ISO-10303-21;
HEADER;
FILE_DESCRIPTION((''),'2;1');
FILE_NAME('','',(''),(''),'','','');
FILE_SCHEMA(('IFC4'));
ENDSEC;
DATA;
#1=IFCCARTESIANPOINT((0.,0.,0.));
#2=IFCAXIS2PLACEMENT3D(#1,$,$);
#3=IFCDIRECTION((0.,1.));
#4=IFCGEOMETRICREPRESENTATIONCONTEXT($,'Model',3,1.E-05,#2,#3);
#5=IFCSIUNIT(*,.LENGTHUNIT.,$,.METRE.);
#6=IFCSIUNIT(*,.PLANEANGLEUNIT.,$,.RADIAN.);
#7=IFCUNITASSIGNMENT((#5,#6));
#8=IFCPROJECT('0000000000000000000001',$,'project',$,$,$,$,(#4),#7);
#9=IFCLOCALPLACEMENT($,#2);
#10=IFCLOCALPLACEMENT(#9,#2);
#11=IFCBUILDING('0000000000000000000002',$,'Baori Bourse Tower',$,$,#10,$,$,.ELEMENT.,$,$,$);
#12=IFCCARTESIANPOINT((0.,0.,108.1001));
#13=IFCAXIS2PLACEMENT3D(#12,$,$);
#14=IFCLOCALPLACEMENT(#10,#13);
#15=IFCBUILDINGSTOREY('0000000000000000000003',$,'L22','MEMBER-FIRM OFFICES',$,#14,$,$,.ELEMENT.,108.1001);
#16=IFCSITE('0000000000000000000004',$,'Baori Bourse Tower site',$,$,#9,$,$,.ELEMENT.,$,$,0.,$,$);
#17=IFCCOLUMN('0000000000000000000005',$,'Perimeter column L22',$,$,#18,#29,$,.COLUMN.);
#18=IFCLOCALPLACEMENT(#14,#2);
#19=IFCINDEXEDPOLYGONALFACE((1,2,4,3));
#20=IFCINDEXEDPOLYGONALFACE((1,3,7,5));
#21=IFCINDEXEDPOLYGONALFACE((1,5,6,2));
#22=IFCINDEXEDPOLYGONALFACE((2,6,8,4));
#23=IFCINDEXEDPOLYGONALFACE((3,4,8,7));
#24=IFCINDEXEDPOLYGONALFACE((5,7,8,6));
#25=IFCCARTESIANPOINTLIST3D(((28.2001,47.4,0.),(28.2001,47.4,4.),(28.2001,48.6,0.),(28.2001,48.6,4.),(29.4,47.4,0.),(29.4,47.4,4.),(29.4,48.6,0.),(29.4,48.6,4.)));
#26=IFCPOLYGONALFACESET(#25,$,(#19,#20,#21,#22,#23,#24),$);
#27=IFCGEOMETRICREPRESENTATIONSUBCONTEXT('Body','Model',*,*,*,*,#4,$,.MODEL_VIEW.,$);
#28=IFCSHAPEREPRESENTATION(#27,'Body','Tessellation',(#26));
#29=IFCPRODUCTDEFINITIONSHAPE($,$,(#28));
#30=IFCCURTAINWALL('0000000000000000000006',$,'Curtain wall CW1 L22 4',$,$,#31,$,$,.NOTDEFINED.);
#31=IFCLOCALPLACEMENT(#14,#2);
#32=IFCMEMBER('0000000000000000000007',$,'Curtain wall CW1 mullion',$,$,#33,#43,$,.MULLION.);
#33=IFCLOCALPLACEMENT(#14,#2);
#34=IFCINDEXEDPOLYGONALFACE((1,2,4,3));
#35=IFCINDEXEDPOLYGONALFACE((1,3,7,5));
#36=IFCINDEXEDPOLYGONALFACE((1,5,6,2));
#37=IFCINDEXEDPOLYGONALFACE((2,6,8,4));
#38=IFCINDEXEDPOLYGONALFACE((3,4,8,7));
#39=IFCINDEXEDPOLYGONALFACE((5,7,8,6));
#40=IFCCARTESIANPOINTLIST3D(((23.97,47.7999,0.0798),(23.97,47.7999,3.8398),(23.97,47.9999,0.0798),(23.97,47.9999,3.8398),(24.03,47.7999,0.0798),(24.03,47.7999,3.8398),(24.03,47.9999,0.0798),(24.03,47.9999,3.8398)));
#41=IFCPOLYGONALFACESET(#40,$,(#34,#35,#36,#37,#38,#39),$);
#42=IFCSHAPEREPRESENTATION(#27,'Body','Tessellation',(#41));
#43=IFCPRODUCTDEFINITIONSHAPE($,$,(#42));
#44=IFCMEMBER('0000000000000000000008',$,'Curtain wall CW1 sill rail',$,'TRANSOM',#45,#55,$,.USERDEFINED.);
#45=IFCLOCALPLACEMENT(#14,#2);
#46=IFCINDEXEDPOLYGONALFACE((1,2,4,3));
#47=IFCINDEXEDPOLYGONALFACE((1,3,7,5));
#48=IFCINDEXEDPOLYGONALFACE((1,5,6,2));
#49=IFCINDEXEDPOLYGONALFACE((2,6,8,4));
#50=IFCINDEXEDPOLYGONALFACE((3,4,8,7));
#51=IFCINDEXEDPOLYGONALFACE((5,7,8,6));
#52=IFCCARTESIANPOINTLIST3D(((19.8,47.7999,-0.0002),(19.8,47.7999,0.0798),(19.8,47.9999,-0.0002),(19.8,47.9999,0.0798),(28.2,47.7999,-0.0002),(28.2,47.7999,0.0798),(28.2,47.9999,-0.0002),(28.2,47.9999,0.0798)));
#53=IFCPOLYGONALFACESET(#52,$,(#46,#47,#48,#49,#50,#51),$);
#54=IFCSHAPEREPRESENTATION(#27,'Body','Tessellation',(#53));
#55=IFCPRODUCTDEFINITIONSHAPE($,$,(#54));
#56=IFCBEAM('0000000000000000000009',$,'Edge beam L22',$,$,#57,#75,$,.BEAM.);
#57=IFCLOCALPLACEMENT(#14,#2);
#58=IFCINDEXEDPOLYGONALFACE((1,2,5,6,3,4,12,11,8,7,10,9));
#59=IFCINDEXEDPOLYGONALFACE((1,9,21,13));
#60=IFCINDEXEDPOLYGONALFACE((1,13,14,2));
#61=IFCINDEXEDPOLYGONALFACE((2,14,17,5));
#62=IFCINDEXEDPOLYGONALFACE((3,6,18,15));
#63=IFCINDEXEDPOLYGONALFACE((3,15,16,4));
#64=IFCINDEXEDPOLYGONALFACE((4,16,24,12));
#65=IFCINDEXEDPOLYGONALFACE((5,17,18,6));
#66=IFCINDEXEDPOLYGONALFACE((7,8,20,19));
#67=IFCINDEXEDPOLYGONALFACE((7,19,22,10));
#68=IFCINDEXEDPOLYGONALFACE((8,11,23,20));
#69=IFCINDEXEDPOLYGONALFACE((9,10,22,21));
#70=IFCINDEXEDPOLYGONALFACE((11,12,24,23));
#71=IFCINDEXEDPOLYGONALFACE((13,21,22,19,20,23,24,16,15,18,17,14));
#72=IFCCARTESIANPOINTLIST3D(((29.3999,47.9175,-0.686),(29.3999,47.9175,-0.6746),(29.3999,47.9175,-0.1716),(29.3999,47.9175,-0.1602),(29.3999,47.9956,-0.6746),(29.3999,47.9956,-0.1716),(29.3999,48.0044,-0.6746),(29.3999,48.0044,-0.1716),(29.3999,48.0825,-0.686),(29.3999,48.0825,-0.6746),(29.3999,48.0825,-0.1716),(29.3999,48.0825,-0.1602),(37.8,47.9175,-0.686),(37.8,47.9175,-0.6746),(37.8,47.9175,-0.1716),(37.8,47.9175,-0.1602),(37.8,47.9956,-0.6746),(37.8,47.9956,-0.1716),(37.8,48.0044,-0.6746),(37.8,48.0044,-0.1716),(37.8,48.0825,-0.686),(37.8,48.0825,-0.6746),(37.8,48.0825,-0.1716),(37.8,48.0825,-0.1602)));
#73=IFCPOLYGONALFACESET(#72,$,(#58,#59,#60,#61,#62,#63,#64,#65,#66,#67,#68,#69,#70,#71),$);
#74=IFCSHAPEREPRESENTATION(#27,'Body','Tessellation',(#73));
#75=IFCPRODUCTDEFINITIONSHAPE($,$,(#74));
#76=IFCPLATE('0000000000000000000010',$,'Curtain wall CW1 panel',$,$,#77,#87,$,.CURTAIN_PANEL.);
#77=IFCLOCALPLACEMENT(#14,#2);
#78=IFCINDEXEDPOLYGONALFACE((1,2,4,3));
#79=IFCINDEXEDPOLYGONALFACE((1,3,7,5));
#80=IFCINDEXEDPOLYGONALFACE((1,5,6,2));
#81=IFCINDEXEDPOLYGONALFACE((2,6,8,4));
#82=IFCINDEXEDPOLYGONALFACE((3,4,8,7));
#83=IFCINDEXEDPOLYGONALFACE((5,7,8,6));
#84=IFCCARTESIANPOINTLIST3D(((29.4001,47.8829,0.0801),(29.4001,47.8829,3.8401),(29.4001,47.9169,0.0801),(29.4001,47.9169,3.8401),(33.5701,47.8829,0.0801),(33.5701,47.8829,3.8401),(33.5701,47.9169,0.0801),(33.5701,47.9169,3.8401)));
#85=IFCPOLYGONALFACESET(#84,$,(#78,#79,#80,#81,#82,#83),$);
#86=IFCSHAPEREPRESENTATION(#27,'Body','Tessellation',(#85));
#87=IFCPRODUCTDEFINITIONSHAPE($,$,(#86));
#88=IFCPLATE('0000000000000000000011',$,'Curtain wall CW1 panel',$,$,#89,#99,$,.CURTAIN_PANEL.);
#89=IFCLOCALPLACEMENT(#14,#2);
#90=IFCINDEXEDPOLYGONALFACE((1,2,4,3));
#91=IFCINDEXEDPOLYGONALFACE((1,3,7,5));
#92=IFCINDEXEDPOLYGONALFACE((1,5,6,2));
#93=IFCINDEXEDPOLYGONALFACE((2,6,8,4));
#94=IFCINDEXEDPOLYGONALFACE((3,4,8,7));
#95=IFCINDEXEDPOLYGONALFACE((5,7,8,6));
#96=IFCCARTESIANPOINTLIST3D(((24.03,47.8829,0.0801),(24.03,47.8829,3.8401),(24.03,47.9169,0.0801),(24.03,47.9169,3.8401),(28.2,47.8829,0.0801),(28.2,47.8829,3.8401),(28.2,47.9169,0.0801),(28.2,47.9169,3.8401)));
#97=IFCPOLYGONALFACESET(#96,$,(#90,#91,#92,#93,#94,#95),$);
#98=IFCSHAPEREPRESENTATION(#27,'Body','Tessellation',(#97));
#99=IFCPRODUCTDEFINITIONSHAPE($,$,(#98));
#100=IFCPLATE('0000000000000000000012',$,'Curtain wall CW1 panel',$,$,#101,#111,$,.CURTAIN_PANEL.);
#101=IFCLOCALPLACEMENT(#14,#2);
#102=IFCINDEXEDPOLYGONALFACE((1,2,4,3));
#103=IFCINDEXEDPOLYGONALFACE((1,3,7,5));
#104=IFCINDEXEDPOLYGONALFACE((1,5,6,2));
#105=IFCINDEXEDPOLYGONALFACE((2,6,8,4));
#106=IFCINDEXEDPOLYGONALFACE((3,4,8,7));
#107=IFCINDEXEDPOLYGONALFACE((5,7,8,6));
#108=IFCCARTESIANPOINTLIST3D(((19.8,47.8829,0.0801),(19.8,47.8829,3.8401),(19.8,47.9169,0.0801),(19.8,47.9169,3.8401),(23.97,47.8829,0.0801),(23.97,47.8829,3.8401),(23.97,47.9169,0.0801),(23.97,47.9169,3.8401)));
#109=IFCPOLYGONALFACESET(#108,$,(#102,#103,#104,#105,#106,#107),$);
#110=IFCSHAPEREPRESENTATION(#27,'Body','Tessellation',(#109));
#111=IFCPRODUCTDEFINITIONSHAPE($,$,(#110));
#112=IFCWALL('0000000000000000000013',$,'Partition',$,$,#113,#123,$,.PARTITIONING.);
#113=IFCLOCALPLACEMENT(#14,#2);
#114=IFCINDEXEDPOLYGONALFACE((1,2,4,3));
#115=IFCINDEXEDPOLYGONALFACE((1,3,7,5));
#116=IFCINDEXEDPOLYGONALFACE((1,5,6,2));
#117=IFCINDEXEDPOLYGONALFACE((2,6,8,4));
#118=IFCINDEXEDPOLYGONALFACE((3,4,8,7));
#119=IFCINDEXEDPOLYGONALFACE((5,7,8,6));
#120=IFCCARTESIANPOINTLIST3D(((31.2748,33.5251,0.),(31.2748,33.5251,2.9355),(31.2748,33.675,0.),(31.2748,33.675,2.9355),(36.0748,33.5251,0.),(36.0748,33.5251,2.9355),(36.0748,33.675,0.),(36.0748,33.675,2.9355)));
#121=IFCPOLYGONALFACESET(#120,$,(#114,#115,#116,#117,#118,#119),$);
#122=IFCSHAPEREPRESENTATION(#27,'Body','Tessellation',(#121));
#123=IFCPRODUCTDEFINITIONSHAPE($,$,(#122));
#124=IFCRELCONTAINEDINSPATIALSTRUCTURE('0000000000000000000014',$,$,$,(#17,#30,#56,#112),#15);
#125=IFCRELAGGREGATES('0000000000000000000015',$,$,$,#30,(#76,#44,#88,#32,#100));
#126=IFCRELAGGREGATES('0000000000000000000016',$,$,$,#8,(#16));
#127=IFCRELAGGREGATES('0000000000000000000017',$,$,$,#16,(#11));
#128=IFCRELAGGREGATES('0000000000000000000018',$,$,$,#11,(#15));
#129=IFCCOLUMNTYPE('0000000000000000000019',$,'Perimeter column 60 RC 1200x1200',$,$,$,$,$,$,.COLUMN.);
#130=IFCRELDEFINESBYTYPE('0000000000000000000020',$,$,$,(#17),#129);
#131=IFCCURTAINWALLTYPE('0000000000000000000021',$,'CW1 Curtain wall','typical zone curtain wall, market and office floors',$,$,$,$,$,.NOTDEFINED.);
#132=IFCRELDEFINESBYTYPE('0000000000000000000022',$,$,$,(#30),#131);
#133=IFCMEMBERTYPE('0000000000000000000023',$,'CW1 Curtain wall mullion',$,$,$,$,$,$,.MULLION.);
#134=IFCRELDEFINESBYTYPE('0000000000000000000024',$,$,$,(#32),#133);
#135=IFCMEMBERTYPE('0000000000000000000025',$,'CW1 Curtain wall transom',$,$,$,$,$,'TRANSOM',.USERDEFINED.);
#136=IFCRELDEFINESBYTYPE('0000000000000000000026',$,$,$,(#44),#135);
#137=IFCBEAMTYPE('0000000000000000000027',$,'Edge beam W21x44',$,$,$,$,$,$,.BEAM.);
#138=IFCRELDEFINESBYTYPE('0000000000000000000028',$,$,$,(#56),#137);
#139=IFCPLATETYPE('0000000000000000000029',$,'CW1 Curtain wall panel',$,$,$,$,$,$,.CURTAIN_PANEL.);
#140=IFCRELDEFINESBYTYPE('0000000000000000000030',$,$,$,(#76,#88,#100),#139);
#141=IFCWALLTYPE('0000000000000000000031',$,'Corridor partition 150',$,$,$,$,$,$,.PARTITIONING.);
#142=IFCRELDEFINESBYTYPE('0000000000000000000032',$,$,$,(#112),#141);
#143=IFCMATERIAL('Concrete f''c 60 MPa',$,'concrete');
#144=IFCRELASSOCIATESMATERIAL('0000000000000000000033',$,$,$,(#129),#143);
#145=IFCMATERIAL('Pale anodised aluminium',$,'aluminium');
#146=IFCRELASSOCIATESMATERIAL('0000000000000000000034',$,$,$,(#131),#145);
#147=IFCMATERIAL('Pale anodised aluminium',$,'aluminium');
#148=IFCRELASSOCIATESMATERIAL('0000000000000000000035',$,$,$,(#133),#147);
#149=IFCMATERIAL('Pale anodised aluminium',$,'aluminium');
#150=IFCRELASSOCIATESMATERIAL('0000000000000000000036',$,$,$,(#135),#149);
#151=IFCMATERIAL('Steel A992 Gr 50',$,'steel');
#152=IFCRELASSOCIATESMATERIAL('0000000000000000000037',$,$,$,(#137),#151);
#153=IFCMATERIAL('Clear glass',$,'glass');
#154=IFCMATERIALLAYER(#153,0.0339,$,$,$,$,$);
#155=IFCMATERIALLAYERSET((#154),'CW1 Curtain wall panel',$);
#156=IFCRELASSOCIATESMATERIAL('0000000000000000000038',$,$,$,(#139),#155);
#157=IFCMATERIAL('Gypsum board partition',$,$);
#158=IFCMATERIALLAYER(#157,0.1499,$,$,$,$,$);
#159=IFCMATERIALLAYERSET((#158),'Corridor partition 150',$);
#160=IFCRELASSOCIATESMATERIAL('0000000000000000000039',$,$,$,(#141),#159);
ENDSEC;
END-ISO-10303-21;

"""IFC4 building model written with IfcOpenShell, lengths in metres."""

from ifc_helpers import new_model, si_unit, direction, frame, frame_2d, origin, origin_2d, place, context, subcontext, project, spatial, rectangle, i_section, extrude, material, layer, layer_set, material_profile, profile_set, type_object, element, aggregate, save


model = new_model("IFC4")

# Units and contexts
model_context = context("Model", 3, precision=1e-05, world=origin(), true_north=direction((0.0, 1.0)))
body_context = subcontext(model_context, "Body", "Model", "MODEL_VIEW")
ifc_project = project(units=[si_unit("LENGTHUNIT", "METRE"), si_unit("PLANEANGLEUNIT", "RADIAN")], contexts=[model_context])

# Site, building, storey
site_placement = place(None, origin())
site = spatial("IfcSite", under=ifc_project, at=site_placement, Name="Baori Bourse Tower site", CompositionType="ELEMENT", RefElevation=0.0)
building_placement = place(site_placement, origin())
building = spatial("IfcBuilding", under=site, at=building_placement, Name="Baori Bourse Tower", CompositionType="ELEMENT")
storey_placement = place(building_placement, frame((0.0, 0.0, 108.1001)))
storey = spatial("IfcBuildingStorey", under=building, at=storey_placement, Name="L22", Description="MEMBER-FIRM OFFICES", CompositionType="ELEMENT", Elevation=108.1001)

# Column
ifc_material_1 = material(Name="Concrete f'c 60 MPa", Category="concrete")
ifc_material_profile_1 = material_profile(ifc_material_1, rectangle(XDim=1.2, YDim=1.2, at=origin_2d()), Name="RC 1200x1200")
ifc_profile_set_1 = profile_set([ifc_material_profile_1], Name="Concrete f'c 60 MPa")
column_type = type_object("IfcColumnType", Name="Perimeter column 60 RC 1200x1200", PredefinedType="COLUMN", material=ifc_profile_set_1)
column_placement = place(storey_placement, frame((28.8, 48.0, 0.0), z_axis=(0.0, 0.0, 1.0), x_axis=(1.0, 0.0, 0.0)))
element("IfcColumn", 1, at=column_placement, inside=storey, type_object=column_type, Name="Perimeter column L22", PredefinedType="COLUMN", context=body_context, shape_type="SweptSolid", body=[
    extrude(rectangle(XDim=1.2, YDim=1.2, at=origin_2d()), origin(), (0.0, 0.0, 1.0), 4.0),
])

# Curtain wall, members
ifc_material_2 = material(Name="Pale anodised aluminium", Category="aluminium")
curtain_wall_type = type_object("IfcCurtainWallType", Name="CW1 Curtain wall", Description="typical zone curtain wall, market and office floors", PredefinedType="NOTDEFINED", material=ifc_material_2)
curtain_wall_placement = place(storey_placement, origin())
curtain_wall = element("IfcCurtainWall", 2, at=curtain_wall_placement, inside=storey, type_object=curtain_wall_type, Name="Curtain wall CW1 L22 4", PredefinedType="NOTDEFINED")
ifc_material_3 = material(Name="Pale anodised aluminium", Category="aluminium")
ifc_material_profile_2 = material_profile(ifc_material_3, rectangle(XDim=0.2, YDim=0.0601, at=origin_2d()), Name="Mullion 60x200")
ifc_profile_set_2 = profile_set([ifc_material_profile_2], Name="Pale anodised aluminium")
member_type_1 = type_object("IfcMemberType", Name="CW1 Curtain wall mullion", PredefinedType="MULLION", material=ifc_profile_set_2)
member_1_placement = place(storey_placement, frame((24.0, 47.8999, 0.0798), z_axis=(0.0, 0.0, 1.0), x_axis=(0.0, -1.0, 0.0)))
member_1 = element("IfcMember", 3, at=member_1_placement, type_object=member_type_1, Name="Curtain wall CW1 mullion", PredefinedType="MULLION", context=body_context, shape_type="SweptSolid", body=[
    extrude(rectangle(XDim=0.2, YDim=0.0601, at=origin_2d()), origin(), (0.0, 0.0, 1.0), 3.76),
])
ifc_material_4 = material(Name="Pale anodised aluminium", Category="aluminium")
ifc_material_profile_3 = material_profile(ifc_material_4, rectangle(XDim=0.2, YDim=0.0801, at=origin_2d()), Name="Transom 80x200")
ifc_profile_set_3 = profile_set([ifc_material_profile_3], Name="Pale anodised aluminium")
member_type_2 = type_object("IfcMemberType", Name="CW1 Curtain wall transom", ElementType="TRANSOM", PredefinedType="USERDEFINED", material=ifc_profile_set_3)
member_2_placement = place(storey_placement, frame((28.2, 47.8999, 0.0398), z_axis=(-1.0, 0.0, 0.0), x_axis=(0.0, -1.0, 0.0)))
member_2 = element("IfcMember", 4, at=member_2_placement, type_object=member_type_2, Name="Curtain wall CW1 sill rail", ObjectType="TRANSOM", PredefinedType="USERDEFINED", context=body_context, shape_type="SweptSolid", body=[
    extrude(rectangle(XDim=0.2, YDim=0.0801, at=origin_2d()), origin(), (0.0, 0.0, 1.0), 8.3999),
])

# Beam
ifc_material_5 = material(Name="Steel A992 Gr 50", Category="steel")
ifc_material_profile_4 = material_profile(ifc_material_5, i_section(OverallWidth=0.165, OverallDepth=0.5259, WebThickness=0.0088, FlangeThickness=0.0115, at=origin_2d()), Name="W21x44")
ifc_profile_set_4 = profile_set([ifc_material_profile_4], Name="Steel A992 Gr 50")
beam_type = type_object("IfcBeamType", Name="Edge beam W21x44", PredefinedType="BEAM", material=ifc_profile_set_4)
beam_placement = place(storey_placement, frame((29.3999, 48.0, -0.4231), z_axis=(1.0, 0.0, 0.0), x_axis=(0.0, 1.0, 0.0)))
element("IfcBeam", 5, at=beam_placement, inside=storey, type_object=beam_type, Name="Edge beam L22", PredefinedType="BEAM", context=body_context, shape_type="SweptSolid", body=[
    extrude(i_section(OverallWidth=0.165, OverallDepth=0.5259, WebThickness=0.0088, FlangeThickness=0.0115, at=origin_2d()), origin(), (0.0, 0.0, 1.0), 8.4001),
])

# Plates
ifc_material_6 = material(Name="Clear glass", Category="glass")
ifc_layer_1 = layer(ifc_material_6, 0.0339)
ifc_layer_set_1 = layer_set([ifc_layer_1], Name="CW1 Curtain wall panel")
plate_type = type_object("IfcPlateType", Name="CW1 Curtain wall panel", PredefinedType="CURTAIN_PANEL", material=ifc_layer_set_1)
plate_1_placement = place(storey_placement, frame((31.4851, 47.8999, 0.0801), z_axis=(0.0, 0.0, 1.0), x_axis=(-1.0, 0.0, 0.0)))
plate_1 = element("IfcPlate", 6, at=plate_1_placement, type_object=plate_type, Name="Curtain wall CW1 panel", PredefinedType="CURTAIN_PANEL", context=body_context, shape_type="SweptSolid", body=[
    extrude(rectangle(XDim=4.1699, YDim=0.0339, at=origin_2d()), origin(), (0.0, 0.0, 1.0), 3.76),
])
plate_2_placement = place(storey_placement, frame((26.115, 47.8999, 0.0801), z_axis=(0.0, 0.0, 1.0), x_axis=(-1.0, 0.0, 0.0)))
plate_2 = element("IfcPlate", 7, at=plate_2_placement, type_object=plate_type, Name="Curtain wall CW1 panel", PredefinedType="CURTAIN_PANEL", context=body_context, shape_type="SweptSolid", body=[
    extrude(rectangle(XDim=4.1699, YDim=0.0339, at=origin_2d()), origin(), (0.0, 0.0, 1.0), 3.76),
])
plate_3_placement = place(storey_placement, frame((21.885, 47.8999, 0.0801), z_axis=(0.0, 0.0, 1.0), x_axis=(-1.0, 0.0, 0.0)))
plate_3 = element("IfcPlate", 8, at=plate_3_placement, type_object=plate_type, Name="Curtain wall CW1 panel", PredefinedType="CURTAIN_PANEL", context=body_context, shape_type="SweptSolid", body=[
    extrude(rectangle(XDim=4.1699, YDim=0.0339, at=origin_2d()), origin(), (0.0, 0.0, 1.0), 3.76),
])
aggregate(curtain_wall, [plate_1, member_2, plate_2, member_1, plate_3])

# Wall
ifc_material_7 = material(Name="Gypsum board partition")
ifc_layer_2 = layer(ifc_material_7, 0.1499)
ifc_layer_set_2 = layer_set([ifc_layer_2], Name="Corridor partition 150")
wall_type_1 = type_object("IfcWallType", Name="Corridor partition 150", PredefinedType="PARTITIONING", material=ifc_layer_set_2)
wall_1_placement = place(storey_placement, frame((31.2749, 33.6001, 0.0), z_axis=(0.0, 0.0, 1.0), x_axis=(1.0, 0.0, 0.0)))
element("IfcWall", 9, at=wall_1_placement, inside=storey, type_object=wall_type_1, Name="Partition", PredefinedType="PARTITIONING", context=body_context, shape_type="SweptSolid", body=[
    extrude(rectangle(XDim=4.8, YDim=0.1499, at=frame_2d((2.3999, 0.0))), origin(), (0.0, 0.0, 1.0), 2.9355),
])

save(model, "model.ifc")
